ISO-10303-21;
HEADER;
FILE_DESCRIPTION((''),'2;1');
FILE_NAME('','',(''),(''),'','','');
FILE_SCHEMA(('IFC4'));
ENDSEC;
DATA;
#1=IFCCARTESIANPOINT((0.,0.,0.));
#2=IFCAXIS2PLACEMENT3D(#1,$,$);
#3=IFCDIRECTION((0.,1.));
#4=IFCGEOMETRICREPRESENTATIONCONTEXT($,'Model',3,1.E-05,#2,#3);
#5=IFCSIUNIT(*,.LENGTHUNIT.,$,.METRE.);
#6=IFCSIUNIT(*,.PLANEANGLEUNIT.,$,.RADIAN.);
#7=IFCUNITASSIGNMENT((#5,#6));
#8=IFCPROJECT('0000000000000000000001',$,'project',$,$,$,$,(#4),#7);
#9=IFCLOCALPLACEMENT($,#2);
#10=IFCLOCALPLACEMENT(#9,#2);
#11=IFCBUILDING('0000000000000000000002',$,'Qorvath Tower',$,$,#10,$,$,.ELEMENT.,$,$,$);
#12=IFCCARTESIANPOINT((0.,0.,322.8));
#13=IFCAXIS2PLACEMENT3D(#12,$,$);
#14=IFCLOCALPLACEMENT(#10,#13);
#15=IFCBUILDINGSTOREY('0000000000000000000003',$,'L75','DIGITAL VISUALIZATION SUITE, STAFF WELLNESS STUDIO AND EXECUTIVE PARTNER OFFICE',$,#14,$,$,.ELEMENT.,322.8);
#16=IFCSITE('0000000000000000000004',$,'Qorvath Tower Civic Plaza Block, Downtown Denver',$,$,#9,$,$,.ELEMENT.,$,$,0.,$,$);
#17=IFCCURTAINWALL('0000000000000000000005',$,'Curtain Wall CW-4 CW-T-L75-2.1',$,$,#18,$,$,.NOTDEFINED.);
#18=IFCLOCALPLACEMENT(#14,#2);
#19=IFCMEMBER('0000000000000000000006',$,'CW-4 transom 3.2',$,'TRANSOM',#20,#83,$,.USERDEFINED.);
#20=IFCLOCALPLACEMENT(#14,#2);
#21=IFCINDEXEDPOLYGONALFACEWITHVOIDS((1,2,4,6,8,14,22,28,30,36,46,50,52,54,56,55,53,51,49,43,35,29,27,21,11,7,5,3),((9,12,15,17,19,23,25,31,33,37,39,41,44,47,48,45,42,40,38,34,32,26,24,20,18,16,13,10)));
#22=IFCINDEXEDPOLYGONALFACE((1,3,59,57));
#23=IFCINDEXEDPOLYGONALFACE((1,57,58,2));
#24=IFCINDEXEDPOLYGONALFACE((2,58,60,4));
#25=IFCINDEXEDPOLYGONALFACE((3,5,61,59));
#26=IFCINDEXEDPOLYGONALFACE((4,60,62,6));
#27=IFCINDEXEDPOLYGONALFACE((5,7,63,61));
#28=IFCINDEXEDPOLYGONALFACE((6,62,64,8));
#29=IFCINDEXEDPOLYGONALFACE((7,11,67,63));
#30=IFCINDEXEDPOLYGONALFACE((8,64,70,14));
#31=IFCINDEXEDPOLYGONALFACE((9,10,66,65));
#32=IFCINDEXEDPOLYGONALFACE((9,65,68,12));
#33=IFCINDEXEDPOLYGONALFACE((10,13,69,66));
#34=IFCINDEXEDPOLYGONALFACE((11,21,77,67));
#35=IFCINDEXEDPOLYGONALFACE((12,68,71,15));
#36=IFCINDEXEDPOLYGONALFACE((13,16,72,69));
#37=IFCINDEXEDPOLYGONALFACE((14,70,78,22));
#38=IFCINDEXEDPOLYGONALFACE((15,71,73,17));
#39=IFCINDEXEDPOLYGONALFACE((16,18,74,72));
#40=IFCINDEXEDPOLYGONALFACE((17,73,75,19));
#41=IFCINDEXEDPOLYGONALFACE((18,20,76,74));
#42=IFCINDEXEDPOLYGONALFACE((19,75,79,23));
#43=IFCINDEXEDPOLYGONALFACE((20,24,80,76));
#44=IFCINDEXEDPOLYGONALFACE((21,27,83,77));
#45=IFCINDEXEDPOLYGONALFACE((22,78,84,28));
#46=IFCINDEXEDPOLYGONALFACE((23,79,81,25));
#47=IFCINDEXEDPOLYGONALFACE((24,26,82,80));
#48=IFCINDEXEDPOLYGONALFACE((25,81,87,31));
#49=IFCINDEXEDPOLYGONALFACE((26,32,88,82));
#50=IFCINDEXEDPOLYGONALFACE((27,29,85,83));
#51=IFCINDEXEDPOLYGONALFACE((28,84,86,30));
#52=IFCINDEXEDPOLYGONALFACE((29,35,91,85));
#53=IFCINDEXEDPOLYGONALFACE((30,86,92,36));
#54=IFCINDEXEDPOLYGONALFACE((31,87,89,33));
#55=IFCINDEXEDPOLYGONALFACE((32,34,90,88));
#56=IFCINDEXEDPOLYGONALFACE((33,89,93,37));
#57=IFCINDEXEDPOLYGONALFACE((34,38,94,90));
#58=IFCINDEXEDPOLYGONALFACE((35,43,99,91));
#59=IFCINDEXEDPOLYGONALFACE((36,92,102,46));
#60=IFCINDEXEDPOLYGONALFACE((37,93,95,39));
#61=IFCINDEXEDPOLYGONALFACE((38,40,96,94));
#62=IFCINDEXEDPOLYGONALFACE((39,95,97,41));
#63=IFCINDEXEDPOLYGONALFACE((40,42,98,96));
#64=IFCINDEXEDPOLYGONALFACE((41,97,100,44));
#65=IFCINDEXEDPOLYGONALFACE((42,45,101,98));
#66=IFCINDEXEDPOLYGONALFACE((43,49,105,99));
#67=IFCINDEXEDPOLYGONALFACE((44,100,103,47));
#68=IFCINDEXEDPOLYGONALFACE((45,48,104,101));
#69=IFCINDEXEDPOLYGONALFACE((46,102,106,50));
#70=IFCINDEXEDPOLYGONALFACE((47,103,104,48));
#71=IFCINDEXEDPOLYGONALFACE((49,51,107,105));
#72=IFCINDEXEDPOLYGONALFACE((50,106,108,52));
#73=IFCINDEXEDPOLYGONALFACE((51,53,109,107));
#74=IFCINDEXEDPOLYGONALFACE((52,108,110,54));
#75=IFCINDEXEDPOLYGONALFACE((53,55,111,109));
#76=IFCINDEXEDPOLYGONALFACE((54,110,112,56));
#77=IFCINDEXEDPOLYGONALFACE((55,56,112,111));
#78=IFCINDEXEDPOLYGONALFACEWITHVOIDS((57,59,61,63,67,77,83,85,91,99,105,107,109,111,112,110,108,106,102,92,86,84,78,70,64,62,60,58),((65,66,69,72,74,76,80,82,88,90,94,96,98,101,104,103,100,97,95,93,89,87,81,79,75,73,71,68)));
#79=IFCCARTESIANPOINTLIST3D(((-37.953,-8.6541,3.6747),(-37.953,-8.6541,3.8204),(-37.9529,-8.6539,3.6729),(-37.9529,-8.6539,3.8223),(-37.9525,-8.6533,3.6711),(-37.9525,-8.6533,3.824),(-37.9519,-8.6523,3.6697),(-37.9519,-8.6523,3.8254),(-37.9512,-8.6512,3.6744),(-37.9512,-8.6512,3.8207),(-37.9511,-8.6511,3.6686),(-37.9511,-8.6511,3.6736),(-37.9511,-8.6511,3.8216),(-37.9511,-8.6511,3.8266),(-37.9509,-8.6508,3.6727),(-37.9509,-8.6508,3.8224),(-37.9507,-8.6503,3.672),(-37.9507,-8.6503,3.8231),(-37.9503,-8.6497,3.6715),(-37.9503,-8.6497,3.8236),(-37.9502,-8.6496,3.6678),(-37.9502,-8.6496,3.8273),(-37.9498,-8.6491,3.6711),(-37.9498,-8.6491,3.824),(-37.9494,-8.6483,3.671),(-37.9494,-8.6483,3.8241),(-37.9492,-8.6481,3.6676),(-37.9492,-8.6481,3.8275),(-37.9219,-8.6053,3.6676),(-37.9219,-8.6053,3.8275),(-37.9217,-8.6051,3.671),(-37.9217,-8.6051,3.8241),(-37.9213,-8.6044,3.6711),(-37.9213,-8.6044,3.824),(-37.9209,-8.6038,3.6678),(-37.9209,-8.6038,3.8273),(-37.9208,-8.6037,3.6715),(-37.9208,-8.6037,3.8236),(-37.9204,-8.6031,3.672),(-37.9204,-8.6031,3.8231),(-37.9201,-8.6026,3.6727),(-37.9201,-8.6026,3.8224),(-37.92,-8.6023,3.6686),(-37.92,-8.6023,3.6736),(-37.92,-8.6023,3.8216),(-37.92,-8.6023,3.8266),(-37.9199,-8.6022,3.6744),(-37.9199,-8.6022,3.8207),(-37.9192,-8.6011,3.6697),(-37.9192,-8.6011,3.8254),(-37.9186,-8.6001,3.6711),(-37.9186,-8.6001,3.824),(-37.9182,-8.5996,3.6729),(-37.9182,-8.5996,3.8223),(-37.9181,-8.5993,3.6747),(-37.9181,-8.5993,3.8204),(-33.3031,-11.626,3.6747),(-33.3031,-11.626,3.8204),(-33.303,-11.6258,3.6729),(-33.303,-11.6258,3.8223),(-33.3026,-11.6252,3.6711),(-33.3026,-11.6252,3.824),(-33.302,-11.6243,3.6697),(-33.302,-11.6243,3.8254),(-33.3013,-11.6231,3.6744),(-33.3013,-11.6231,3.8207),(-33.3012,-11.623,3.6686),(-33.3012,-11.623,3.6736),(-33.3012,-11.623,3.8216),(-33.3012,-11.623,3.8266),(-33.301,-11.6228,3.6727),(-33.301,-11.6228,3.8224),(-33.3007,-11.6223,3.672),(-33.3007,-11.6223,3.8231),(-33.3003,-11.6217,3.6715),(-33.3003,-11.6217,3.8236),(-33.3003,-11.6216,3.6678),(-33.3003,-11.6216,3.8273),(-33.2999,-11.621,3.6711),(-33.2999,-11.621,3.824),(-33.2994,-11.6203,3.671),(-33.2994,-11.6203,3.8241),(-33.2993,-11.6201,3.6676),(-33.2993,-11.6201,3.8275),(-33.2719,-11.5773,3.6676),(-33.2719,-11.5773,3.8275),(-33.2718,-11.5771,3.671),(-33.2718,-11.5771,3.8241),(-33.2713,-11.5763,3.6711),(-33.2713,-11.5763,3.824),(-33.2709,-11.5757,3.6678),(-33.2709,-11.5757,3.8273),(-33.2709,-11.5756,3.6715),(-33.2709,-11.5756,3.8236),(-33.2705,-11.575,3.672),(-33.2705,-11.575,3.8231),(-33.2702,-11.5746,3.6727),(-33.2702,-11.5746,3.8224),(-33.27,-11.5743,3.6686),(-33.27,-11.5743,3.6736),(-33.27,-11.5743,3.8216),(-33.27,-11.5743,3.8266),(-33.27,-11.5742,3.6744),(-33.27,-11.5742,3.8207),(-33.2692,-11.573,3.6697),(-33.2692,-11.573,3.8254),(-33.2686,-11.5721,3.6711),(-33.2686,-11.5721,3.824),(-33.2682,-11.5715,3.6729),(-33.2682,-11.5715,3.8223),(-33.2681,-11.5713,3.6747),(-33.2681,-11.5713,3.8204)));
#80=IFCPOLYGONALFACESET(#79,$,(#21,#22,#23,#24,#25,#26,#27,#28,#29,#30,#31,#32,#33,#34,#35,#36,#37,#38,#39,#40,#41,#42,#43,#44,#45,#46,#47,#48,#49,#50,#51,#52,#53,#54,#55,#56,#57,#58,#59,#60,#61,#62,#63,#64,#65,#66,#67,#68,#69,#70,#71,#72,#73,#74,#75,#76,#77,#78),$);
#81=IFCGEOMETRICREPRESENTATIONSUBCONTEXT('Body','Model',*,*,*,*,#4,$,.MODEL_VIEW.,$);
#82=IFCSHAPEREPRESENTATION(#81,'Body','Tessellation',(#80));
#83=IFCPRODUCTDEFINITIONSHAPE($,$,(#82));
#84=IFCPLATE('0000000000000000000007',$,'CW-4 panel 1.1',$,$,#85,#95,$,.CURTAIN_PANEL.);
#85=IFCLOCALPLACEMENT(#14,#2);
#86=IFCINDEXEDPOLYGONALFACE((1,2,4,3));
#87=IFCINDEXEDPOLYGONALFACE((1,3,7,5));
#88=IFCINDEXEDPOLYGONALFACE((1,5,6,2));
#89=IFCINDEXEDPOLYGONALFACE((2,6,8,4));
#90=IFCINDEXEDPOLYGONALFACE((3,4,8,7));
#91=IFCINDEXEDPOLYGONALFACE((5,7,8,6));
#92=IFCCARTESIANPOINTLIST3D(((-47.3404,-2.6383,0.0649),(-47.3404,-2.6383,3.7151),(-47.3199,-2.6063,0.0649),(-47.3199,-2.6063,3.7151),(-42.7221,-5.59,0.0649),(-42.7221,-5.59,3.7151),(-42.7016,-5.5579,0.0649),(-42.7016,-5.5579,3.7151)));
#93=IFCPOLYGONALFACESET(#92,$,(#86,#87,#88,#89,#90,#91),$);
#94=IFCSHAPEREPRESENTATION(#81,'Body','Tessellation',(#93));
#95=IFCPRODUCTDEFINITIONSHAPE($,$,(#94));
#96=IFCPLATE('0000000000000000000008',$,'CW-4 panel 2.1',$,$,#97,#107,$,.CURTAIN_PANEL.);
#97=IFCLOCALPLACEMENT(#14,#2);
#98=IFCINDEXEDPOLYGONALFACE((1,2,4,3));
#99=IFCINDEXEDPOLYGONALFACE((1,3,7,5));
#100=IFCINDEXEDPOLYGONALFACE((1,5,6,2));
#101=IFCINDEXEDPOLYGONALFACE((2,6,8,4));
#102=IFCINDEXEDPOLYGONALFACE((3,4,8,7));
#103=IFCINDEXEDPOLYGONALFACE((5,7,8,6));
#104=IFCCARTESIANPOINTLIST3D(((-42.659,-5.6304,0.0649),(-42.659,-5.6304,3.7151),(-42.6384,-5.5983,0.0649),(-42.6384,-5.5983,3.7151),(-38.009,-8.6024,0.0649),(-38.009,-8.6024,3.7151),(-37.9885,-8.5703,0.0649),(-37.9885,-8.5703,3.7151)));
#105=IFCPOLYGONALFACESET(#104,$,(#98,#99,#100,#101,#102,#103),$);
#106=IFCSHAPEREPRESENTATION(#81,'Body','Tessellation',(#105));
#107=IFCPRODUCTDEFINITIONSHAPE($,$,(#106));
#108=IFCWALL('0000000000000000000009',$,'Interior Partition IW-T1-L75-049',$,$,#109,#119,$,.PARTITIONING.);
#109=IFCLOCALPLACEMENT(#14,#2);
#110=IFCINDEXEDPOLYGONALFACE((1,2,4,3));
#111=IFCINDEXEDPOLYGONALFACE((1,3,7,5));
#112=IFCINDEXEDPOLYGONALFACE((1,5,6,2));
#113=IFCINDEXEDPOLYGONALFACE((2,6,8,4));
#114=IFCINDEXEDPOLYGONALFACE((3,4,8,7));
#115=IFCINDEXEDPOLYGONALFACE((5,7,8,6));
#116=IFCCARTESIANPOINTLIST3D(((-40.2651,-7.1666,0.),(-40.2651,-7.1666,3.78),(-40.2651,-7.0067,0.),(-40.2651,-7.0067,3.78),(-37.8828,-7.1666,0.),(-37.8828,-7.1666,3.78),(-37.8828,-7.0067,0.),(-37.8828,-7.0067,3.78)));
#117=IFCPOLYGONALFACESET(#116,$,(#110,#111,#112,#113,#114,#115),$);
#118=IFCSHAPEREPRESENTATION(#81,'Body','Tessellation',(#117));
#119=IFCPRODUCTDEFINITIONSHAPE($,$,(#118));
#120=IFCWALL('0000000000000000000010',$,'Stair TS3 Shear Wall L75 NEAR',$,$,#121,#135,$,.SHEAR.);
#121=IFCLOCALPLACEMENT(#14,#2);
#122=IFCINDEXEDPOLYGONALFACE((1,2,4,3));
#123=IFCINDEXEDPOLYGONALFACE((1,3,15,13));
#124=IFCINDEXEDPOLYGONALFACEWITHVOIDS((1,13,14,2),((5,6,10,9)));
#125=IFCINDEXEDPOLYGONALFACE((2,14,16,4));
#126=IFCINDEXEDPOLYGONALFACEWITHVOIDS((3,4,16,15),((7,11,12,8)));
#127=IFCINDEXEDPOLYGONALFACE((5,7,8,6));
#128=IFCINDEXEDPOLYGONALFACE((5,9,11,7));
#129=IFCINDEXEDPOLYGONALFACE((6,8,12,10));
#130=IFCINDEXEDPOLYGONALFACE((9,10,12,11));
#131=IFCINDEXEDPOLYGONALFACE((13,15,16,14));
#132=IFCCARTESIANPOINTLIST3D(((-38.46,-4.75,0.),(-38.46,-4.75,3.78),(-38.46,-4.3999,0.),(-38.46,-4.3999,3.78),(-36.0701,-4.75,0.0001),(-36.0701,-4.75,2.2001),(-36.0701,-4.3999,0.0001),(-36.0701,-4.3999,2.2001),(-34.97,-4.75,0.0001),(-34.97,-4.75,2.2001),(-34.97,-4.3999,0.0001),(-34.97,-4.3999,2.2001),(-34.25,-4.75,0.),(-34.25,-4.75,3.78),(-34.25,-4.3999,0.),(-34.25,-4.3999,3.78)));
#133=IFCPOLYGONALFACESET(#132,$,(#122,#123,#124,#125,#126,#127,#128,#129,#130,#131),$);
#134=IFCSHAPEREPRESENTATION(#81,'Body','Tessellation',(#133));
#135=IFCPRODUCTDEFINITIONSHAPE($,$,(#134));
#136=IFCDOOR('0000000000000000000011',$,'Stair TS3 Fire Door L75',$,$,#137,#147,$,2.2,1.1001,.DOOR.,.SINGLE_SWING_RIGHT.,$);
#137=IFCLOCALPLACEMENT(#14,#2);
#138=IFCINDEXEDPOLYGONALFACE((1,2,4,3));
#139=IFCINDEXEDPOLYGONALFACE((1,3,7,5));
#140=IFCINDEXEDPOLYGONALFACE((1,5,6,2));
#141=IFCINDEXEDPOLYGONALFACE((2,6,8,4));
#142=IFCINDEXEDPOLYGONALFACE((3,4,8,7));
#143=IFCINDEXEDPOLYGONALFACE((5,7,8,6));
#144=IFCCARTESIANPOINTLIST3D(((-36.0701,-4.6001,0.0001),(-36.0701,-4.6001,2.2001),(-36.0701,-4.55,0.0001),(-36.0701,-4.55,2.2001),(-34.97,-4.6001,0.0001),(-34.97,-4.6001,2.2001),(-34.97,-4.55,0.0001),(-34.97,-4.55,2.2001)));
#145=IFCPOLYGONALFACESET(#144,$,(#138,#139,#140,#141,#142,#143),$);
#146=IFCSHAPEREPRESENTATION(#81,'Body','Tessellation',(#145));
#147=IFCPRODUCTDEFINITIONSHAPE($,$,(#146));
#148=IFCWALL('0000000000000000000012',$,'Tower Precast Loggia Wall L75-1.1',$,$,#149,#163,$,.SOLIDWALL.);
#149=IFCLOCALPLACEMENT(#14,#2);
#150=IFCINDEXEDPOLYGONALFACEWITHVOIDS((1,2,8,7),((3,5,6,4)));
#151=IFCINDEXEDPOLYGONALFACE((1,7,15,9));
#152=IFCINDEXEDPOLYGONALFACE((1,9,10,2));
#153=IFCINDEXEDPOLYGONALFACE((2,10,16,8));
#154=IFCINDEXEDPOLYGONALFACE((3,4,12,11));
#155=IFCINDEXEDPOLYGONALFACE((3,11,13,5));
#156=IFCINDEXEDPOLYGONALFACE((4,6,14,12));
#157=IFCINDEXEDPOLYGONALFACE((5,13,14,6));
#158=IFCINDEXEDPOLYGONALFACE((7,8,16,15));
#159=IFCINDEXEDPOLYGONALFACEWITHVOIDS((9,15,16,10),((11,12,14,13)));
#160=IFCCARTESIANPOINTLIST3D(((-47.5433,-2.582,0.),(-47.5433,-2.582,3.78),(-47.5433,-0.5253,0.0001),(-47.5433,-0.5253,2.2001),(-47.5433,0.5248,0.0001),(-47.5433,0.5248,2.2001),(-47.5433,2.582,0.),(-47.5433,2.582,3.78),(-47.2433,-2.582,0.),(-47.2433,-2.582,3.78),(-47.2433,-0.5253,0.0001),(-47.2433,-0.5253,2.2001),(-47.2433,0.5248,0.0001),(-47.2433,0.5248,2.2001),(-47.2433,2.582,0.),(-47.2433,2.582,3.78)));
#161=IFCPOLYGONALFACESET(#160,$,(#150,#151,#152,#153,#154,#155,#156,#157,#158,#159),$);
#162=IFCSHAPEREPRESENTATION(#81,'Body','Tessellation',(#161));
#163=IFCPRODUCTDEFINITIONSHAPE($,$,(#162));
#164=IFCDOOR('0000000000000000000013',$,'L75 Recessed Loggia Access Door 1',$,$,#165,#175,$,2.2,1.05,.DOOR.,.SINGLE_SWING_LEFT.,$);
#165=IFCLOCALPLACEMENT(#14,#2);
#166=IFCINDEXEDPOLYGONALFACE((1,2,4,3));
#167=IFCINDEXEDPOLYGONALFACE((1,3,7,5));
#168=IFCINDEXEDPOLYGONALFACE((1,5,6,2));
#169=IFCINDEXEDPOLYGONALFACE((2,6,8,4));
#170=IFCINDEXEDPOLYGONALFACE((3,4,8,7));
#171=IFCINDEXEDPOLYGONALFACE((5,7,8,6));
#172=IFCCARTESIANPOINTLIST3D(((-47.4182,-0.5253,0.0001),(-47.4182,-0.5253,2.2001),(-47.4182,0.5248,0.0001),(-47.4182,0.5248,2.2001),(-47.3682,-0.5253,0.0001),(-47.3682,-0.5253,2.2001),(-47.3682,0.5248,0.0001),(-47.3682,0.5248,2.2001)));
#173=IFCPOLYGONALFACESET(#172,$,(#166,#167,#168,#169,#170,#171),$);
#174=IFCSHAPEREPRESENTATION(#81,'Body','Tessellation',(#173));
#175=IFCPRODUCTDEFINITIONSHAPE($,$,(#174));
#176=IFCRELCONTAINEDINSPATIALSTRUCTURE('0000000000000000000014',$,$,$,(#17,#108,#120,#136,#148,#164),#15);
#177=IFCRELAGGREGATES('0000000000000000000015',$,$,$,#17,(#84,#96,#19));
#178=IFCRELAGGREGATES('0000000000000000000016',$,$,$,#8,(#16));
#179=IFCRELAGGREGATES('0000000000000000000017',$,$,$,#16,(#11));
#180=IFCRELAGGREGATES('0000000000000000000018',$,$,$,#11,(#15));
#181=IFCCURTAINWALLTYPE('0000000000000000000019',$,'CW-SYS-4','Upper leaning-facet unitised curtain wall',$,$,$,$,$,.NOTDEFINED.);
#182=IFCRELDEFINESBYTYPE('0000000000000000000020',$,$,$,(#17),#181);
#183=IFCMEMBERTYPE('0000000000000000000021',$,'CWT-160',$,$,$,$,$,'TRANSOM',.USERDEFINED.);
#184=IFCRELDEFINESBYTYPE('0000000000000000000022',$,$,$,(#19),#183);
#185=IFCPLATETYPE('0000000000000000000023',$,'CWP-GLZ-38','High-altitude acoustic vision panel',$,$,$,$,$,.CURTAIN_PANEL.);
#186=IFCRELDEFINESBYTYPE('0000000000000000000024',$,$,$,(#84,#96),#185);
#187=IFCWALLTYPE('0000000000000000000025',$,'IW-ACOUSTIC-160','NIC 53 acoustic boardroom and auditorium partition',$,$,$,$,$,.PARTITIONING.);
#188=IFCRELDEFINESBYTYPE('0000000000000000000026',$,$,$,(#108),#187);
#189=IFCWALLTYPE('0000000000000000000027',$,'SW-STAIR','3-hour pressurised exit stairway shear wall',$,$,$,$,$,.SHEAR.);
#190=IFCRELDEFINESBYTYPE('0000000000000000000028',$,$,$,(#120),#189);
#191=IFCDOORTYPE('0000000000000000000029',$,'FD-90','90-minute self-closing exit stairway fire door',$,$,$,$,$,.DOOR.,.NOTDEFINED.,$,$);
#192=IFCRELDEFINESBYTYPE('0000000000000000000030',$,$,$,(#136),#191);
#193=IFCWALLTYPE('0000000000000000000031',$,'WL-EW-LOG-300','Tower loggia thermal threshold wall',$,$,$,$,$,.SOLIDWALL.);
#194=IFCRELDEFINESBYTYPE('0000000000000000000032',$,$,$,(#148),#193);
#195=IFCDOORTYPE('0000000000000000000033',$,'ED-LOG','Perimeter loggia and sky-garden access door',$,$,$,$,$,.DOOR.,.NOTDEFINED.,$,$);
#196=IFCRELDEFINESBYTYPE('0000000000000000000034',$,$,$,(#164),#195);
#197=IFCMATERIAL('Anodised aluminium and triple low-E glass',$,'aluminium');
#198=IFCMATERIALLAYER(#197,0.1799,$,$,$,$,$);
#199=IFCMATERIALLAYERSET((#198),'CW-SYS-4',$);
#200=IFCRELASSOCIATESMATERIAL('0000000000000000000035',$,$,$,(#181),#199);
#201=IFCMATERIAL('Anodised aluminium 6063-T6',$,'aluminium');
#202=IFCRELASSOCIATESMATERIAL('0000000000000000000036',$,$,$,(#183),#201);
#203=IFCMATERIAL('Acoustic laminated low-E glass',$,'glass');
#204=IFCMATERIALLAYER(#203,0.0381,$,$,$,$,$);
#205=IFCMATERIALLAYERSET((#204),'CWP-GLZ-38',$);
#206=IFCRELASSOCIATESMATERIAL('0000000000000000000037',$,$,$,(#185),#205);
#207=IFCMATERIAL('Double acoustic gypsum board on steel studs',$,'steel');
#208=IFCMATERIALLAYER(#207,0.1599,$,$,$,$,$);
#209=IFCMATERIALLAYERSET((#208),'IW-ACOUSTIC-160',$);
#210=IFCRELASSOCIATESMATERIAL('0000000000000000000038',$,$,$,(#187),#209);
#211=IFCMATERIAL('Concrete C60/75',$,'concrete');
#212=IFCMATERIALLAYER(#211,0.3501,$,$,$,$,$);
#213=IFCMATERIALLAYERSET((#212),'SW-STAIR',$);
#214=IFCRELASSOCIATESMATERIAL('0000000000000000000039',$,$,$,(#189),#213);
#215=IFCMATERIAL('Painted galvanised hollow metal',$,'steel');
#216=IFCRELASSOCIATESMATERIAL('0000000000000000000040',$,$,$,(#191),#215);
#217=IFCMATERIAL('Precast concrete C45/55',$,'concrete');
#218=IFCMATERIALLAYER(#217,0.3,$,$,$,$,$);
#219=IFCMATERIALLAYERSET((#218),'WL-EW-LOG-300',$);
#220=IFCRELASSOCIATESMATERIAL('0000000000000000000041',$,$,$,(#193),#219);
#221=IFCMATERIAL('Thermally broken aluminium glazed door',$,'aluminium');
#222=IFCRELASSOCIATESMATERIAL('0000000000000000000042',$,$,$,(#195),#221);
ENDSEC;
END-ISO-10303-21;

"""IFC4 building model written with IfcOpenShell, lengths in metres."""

from ifc_helpers import new_model, si_unit, direction, frame, frame_2d, origin, origin_2d, place, context, subcontext, project, spatial, rectangle, hollow_rectangle, extrude, material, layer, layer_set, material_profile, profile_set, type_object, element, fill, aggregate, save


model = new_model("IFC4")

# Units and contexts
model_context = context("Model", 3, precision=1e-05, world=origin(), true_north=direction((0.0, 1.0)))
body_context = subcontext(model_context, "Body", "Model", "MODEL_VIEW")
ifc_project = project(units=[si_unit("LENGTHUNIT", "METRE"), si_unit("PLANEANGLEUNIT", "RADIAN")], contexts=[model_context])

# Site, building, storey
site_placement = place(None, origin())
site = spatial("IfcSite", under=ifc_project, at=site_placement, Name="Qorvath Tower Civic Plaza Block, Downtown Denver", CompositionType="ELEMENT", RefElevation=0.0)
building_placement = place(site_placement, origin())
building = spatial("IfcBuilding", under=site, at=building_placement, Name="Qorvath Tower", CompositionType="ELEMENT")
storey_placement = place(building_placement, frame((0.0, 0.0, 322.8)))
storey = spatial("IfcBuildingStorey", under=building, at=storey_placement, Name="L75", Description="DIGITAL VISUALIZATION SUITE, STAFF WELLNESS STUDIO AND EXECUTIVE PARTNER OFFICE", CompositionType="ELEMENT", Elevation=322.8)

# Curtain wall, member, plates
ifc_material_1 = material(Name="Anodised aluminium and triple low-E glass", Category="aluminium")
ifc_layer_1 = layer(ifc_material_1, 0.1799)
ifc_layer_set_1 = layer_set([ifc_layer_1], Name="CW-SYS-4")
curtain_wall_type = type_object("IfcCurtainWallType", Name="CW-SYS-4", Description="Upper leaning-facet unitised curtain wall", PredefinedType="NOTDEFINED", material=ifc_layer_set_1)
curtain_wall_placement = place(storey_placement, origin())
curtain_wall = element("IfcCurtainWall", 1, at=curtain_wall_placement, inside=storey, type_object=curtain_wall_type, Name="Curtain Wall CW-4 CW-T-L75-2.1", PredefinedType="NOTDEFINED")
ifc_material_2 = material(Name="Anodised aluminium 6063-T6", Category="aluminium")
ifc_material_profile_1 = material_profile(ifc_material_2, hollow_rectangle(XDim=0.0649, YDim=0.1599, WallThickness=0.0034, InnerFilletRadius=0.0034, OuterFilletRadius=0.0071, at=origin_2d()), Name="CWT 160x65")
ifc_profile_set_1 = profile_set([ifc_material_profile_1], Name="Anodised aluminium 6063-T6")
member_type_1 = type_object("IfcMemberType", Name="CWT-160", ElementType="TRANSOM", PredefinedType="USERDEFINED", material=ifc_profile_set_1)
member_1_placement = place(storey_placement, frame((-37.9355, -8.6267, 3.7476), z_axis=(0.842601, -0.538538, 0.0), x_axis=(0.538538, 0.842601, 0.0)))
member_1 = element("IfcMember", 2, at=member_1_placement, type_object=member_type_1, Name="CW-4 transom 3.2", ObjectType="TRANSOM", PredefinedType="USERDEFINED", context=body_context, shape_type="SweptSolid", body=[
    extrude(hollow_rectangle(XDim=0.0649, YDim=0.1599, WallThickness=0.0034, InnerFilletRadius=0.0034, OuterFilletRadius=0.0071, at=origin_2d()), origin(), (0.0, 0.0, 1.0), 5.5186),
])
ifc_material_3 = material(Name="Acoustic laminated low-E glass", Category="glass")
ifc_layer_2 = layer(ifc_material_3, 0.0381)
ifc_layer_set_2 = layer_set([ifc_layer_2], Name="CWP-GLZ-38")
plate_type = type_object("IfcPlateType", Name="CWP-GLZ-38", Description="High-altitude acoustic vision panel", PredefinedType="CURTAIN_PANEL", material=ifc_layer_set_2)
plate_1_placement = place(storey_placement, frame((-45.021, -4.0981, 0.0649), z_axis=(0.0, 0.0, 1.0), x_axis=(0.842603, -0.538536, 0.0)))
plate_1 = element("IfcPlate", 3, at=plate_1_placement, type_object=plate_type, Name="CW-4 panel 1.1", PredefinedType="CURTAIN_PANEL", context=body_context, shape_type="SweptSolid", body=[
    extrude(rectangle(XDim=5.481, YDim=0.0381, at=origin_2d()), origin(), (0.0, 0.0, 1.0), 3.6501),
])
plate_2_placement = place(storey_placement, frame((-40.3237, -7.1003, 0.0649), z_axis=(0.0, 0.0, 1.0), x_axis=(0.842603, -0.538536, 0.0)))
plate_2 = element("IfcPlate", 4, at=plate_2_placement, type_object=plate_type, Name="CW-4 panel 2.1", PredefinedType="CURTAIN_PANEL", context=body_context, shape_type="SweptSolid", body=[
    extrude(rectangle(XDim=5.5186, YDim=0.0381, at=origin_2d()), origin(), (0.0, 0.0, 1.0), 3.6501),
])
aggregate(curtain_wall, [plate_1, plate_2, member_1])

# Shared definitions
ifc_material_4 = material(Name="Double acoustic gypsum board on steel studs", Category="steel")
ifc_layer_3 = layer(ifc_material_4, 0.1599)
ifc_layer_set_3 = layer_set([ifc_layer_3], Name="IW-ACOUSTIC-160")
wall_type_1 = type_object("IfcWallType", Name="IW-ACOUSTIC-160", Description="NIC 53 acoustic boardroom and auditorium partition", PredefinedType="PARTITIONING", material=ifc_layer_set_3)

# Wall
wall_1_placement = place(storey_placement, frame((-40.2651, -7.0867, 0.0), z_axis=(0.0, 0.0, 1.0), x_axis=(1.0, 0.0, 0.0)))
element("IfcWall", 5, at=wall_1_placement, inside=storey, type_object=wall_type_1, Name="Interior Partition IW-T1-L75-049", PredefinedType="PARTITIONING", context=body_context, shape_type="SweptSolid", body=[
    extrude(rectangle(XDim=2.3823, YDim=0.1599, at=frame_2d((1.1912, 0.0))), origin(), (0.0, 0.0, 1.0), 3.78),
])

# Walls, openings, doors
ifc_material_5 = material(Name="Concrete C60/75", Category="concrete")
ifc_layer_4 = layer(ifc_material_5, 0.3501)
ifc_layer_set_4 = layer_set([ifc_layer_4], Name="SW-STAIR")
wall_type_2 = type_object("IfcWallType", Name="SW-STAIR", Description="3-hour pressurised exit stairway shear wall", PredefinedType="SHEAR", material=ifc_layer_set_4)
wall_2_placement = place(storey_placement, frame((-38.46, -4.575, 0.0), z_axis=(0.0, 0.0, 1.0), x_axis=(1.0, 0.0, 0.0)))
wall_2 = element("IfcWall", 6, at=wall_2_placement, inside=storey, type_object=wall_type_2, Name="Stair TS3 Shear Wall L75 NEAR", PredefinedType="SHEAR", context=body_context, shape_type="SweptSolid", body=[
    extrude(rectangle(XDim=4.21, YDim=0.3501, at=frame_2d((2.105, 0.0))), origin(), (0.0, 0.0, 1.0), 3.78),
])
opening_1_placement = place(wall_2_placement, frame((2.3899, 0.0, 0.0)))
opening_1 = element("IfcOpeningElement", 7, at=opening_1_placement, cuts=wall_2, PredefinedType="OPENING", context=body_context, shape_type="SweptSolid", body=[
    extrude(rectangle(XDim=1.1001, YDim=2.2, at=frame_2d((0.55, 1.1001))), frame((0.0, 0.1851, 0.0), z_axis=(0.0, -1.0, 0.0), x_axis=(1.0, 0.0, 0.0)), (0.0, 0.0, 1.0), 0.3701),
])
ifc_material_6 = material(Name="Painted galvanised hollow metal", Category="steel")
door_type_1 = type_object("IfcDoorType", Name="FD-90", Description="90-minute self-closing exit stairway fire door", OperationType="NOTDEFINED", PredefinedType="DOOR", material=ifc_material_6)
door_1_placement = place(opening_1_placement, origin())
door_1 = element("IfcDoor", 8, at=door_1_placement, inside=storey, type_object=door_type_1, Name="Stair TS3 Fire Door L75", OperationType="SINGLE_SWING_RIGHT", OverallHeight=2.2, OverallWidth=1.1001, PredefinedType="DOOR", context=body_context, shape_type="SweptSolid", body=[
    extrude(rectangle(XDim=1.1001, YDim=2.2, at=frame_2d((0.55, 1.1001))), frame((0.0, 0.0249, 0.0), z_axis=(0.0, -1.0, 0.0), x_axis=(1.0, 0.0, 0.0)), (0.0, 0.0, 1.0), 0.05),
])
fill(opening_1, door_1)
ifc_material_7 = material(Name="Precast concrete C45/55", Category="concrete")
ifc_layer_5 = layer(ifc_material_7, 0.3)
ifc_layer_set_5 = layer_set([ifc_layer_5], Name="WL-EW-LOG-300")
wall_type_3 = type_object("IfcWallType", Name="WL-EW-LOG-300", Description="Tower loggia thermal threshold wall", PredefinedType="SOLIDWALL", material=ifc_layer_set_5)
wall_3_placement = place(storey_placement, frame((-47.3933, -2.582, 0.0), z_axis=(0.0, 0.0, 1.0), x_axis=(0.0, 1.0, 0.0)))
wall_3 = element("IfcWall", 9, at=wall_3_placement, inside=storey, type_object=wall_type_3, Name="Tower Precast Loggia Wall L75-1.1", PredefinedType="SOLIDWALL", context=body_context, shape_type="SweptSolid", body=[
    extrude(rectangle(XDim=5.1641, YDim=0.3, at=frame_2d((2.582, 0.0))), origin(), (0.0, 0.0, 1.0), 3.78),
])
opening_2_placement = place(wall_3_placement, frame((2.0569, 0.0, 0.0)))
opening_2 = element("IfcOpeningElement", 10, at=opening_2_placement, cuts=wall_3, PredefinedType="OPENING", context=body_context, shape_type="SweptSolid", body=[
    extrude(rectangle(XDim=1.05, YDim=2.2, at=frame_2d((0.5249, 1.1001))), frame((0.0, 0.1602, 0.0), z_axis=(0.0, -1.0, 0.0), x_axis=(1.0, 0.0, 0.0)), (0.0, 0.0, 1.0), 0.3201),
])
ifc_material_8 = material(Name="Thermally broken aluminium glazed door", Category="aluminium")
door_type_2 = type_object("IfcDoorType", Name="ED-LOG", Description="Perimeter loggia and sky-garden access door", OperationType="NOTDEFINED", PredefinedType="DOOR", material=ifc_material_8)
door_2_placement = place(opening_2_placement, origin())
door_2 = element("IfcDoor", 11, at=door_2_placement, inside=storey, type_object=door_type_2, Name="L75 Recessed Loggia Access Door 1", OperationType="SINGLE_SWING_LEFT", OverallHeight=2.2, OverallWidth=1.05, PredefinedType="DOOR", context=body_context, shape_type="SweptSolid", body=[
    extrude(rectangle(XDim=1.05, YDim=2.2, at=frame_2d((0.5249, 1.1001))), frame((0.0, 0.0249, 0.0), z_axis=(0.0, -1.0, 0.0), x_axis=(1.0, 0.0, 0.0)), (0.0, 0.0, 1.0), 0.05),
])
fill(opening_2, door_2)

save(model, "model.ifc")
